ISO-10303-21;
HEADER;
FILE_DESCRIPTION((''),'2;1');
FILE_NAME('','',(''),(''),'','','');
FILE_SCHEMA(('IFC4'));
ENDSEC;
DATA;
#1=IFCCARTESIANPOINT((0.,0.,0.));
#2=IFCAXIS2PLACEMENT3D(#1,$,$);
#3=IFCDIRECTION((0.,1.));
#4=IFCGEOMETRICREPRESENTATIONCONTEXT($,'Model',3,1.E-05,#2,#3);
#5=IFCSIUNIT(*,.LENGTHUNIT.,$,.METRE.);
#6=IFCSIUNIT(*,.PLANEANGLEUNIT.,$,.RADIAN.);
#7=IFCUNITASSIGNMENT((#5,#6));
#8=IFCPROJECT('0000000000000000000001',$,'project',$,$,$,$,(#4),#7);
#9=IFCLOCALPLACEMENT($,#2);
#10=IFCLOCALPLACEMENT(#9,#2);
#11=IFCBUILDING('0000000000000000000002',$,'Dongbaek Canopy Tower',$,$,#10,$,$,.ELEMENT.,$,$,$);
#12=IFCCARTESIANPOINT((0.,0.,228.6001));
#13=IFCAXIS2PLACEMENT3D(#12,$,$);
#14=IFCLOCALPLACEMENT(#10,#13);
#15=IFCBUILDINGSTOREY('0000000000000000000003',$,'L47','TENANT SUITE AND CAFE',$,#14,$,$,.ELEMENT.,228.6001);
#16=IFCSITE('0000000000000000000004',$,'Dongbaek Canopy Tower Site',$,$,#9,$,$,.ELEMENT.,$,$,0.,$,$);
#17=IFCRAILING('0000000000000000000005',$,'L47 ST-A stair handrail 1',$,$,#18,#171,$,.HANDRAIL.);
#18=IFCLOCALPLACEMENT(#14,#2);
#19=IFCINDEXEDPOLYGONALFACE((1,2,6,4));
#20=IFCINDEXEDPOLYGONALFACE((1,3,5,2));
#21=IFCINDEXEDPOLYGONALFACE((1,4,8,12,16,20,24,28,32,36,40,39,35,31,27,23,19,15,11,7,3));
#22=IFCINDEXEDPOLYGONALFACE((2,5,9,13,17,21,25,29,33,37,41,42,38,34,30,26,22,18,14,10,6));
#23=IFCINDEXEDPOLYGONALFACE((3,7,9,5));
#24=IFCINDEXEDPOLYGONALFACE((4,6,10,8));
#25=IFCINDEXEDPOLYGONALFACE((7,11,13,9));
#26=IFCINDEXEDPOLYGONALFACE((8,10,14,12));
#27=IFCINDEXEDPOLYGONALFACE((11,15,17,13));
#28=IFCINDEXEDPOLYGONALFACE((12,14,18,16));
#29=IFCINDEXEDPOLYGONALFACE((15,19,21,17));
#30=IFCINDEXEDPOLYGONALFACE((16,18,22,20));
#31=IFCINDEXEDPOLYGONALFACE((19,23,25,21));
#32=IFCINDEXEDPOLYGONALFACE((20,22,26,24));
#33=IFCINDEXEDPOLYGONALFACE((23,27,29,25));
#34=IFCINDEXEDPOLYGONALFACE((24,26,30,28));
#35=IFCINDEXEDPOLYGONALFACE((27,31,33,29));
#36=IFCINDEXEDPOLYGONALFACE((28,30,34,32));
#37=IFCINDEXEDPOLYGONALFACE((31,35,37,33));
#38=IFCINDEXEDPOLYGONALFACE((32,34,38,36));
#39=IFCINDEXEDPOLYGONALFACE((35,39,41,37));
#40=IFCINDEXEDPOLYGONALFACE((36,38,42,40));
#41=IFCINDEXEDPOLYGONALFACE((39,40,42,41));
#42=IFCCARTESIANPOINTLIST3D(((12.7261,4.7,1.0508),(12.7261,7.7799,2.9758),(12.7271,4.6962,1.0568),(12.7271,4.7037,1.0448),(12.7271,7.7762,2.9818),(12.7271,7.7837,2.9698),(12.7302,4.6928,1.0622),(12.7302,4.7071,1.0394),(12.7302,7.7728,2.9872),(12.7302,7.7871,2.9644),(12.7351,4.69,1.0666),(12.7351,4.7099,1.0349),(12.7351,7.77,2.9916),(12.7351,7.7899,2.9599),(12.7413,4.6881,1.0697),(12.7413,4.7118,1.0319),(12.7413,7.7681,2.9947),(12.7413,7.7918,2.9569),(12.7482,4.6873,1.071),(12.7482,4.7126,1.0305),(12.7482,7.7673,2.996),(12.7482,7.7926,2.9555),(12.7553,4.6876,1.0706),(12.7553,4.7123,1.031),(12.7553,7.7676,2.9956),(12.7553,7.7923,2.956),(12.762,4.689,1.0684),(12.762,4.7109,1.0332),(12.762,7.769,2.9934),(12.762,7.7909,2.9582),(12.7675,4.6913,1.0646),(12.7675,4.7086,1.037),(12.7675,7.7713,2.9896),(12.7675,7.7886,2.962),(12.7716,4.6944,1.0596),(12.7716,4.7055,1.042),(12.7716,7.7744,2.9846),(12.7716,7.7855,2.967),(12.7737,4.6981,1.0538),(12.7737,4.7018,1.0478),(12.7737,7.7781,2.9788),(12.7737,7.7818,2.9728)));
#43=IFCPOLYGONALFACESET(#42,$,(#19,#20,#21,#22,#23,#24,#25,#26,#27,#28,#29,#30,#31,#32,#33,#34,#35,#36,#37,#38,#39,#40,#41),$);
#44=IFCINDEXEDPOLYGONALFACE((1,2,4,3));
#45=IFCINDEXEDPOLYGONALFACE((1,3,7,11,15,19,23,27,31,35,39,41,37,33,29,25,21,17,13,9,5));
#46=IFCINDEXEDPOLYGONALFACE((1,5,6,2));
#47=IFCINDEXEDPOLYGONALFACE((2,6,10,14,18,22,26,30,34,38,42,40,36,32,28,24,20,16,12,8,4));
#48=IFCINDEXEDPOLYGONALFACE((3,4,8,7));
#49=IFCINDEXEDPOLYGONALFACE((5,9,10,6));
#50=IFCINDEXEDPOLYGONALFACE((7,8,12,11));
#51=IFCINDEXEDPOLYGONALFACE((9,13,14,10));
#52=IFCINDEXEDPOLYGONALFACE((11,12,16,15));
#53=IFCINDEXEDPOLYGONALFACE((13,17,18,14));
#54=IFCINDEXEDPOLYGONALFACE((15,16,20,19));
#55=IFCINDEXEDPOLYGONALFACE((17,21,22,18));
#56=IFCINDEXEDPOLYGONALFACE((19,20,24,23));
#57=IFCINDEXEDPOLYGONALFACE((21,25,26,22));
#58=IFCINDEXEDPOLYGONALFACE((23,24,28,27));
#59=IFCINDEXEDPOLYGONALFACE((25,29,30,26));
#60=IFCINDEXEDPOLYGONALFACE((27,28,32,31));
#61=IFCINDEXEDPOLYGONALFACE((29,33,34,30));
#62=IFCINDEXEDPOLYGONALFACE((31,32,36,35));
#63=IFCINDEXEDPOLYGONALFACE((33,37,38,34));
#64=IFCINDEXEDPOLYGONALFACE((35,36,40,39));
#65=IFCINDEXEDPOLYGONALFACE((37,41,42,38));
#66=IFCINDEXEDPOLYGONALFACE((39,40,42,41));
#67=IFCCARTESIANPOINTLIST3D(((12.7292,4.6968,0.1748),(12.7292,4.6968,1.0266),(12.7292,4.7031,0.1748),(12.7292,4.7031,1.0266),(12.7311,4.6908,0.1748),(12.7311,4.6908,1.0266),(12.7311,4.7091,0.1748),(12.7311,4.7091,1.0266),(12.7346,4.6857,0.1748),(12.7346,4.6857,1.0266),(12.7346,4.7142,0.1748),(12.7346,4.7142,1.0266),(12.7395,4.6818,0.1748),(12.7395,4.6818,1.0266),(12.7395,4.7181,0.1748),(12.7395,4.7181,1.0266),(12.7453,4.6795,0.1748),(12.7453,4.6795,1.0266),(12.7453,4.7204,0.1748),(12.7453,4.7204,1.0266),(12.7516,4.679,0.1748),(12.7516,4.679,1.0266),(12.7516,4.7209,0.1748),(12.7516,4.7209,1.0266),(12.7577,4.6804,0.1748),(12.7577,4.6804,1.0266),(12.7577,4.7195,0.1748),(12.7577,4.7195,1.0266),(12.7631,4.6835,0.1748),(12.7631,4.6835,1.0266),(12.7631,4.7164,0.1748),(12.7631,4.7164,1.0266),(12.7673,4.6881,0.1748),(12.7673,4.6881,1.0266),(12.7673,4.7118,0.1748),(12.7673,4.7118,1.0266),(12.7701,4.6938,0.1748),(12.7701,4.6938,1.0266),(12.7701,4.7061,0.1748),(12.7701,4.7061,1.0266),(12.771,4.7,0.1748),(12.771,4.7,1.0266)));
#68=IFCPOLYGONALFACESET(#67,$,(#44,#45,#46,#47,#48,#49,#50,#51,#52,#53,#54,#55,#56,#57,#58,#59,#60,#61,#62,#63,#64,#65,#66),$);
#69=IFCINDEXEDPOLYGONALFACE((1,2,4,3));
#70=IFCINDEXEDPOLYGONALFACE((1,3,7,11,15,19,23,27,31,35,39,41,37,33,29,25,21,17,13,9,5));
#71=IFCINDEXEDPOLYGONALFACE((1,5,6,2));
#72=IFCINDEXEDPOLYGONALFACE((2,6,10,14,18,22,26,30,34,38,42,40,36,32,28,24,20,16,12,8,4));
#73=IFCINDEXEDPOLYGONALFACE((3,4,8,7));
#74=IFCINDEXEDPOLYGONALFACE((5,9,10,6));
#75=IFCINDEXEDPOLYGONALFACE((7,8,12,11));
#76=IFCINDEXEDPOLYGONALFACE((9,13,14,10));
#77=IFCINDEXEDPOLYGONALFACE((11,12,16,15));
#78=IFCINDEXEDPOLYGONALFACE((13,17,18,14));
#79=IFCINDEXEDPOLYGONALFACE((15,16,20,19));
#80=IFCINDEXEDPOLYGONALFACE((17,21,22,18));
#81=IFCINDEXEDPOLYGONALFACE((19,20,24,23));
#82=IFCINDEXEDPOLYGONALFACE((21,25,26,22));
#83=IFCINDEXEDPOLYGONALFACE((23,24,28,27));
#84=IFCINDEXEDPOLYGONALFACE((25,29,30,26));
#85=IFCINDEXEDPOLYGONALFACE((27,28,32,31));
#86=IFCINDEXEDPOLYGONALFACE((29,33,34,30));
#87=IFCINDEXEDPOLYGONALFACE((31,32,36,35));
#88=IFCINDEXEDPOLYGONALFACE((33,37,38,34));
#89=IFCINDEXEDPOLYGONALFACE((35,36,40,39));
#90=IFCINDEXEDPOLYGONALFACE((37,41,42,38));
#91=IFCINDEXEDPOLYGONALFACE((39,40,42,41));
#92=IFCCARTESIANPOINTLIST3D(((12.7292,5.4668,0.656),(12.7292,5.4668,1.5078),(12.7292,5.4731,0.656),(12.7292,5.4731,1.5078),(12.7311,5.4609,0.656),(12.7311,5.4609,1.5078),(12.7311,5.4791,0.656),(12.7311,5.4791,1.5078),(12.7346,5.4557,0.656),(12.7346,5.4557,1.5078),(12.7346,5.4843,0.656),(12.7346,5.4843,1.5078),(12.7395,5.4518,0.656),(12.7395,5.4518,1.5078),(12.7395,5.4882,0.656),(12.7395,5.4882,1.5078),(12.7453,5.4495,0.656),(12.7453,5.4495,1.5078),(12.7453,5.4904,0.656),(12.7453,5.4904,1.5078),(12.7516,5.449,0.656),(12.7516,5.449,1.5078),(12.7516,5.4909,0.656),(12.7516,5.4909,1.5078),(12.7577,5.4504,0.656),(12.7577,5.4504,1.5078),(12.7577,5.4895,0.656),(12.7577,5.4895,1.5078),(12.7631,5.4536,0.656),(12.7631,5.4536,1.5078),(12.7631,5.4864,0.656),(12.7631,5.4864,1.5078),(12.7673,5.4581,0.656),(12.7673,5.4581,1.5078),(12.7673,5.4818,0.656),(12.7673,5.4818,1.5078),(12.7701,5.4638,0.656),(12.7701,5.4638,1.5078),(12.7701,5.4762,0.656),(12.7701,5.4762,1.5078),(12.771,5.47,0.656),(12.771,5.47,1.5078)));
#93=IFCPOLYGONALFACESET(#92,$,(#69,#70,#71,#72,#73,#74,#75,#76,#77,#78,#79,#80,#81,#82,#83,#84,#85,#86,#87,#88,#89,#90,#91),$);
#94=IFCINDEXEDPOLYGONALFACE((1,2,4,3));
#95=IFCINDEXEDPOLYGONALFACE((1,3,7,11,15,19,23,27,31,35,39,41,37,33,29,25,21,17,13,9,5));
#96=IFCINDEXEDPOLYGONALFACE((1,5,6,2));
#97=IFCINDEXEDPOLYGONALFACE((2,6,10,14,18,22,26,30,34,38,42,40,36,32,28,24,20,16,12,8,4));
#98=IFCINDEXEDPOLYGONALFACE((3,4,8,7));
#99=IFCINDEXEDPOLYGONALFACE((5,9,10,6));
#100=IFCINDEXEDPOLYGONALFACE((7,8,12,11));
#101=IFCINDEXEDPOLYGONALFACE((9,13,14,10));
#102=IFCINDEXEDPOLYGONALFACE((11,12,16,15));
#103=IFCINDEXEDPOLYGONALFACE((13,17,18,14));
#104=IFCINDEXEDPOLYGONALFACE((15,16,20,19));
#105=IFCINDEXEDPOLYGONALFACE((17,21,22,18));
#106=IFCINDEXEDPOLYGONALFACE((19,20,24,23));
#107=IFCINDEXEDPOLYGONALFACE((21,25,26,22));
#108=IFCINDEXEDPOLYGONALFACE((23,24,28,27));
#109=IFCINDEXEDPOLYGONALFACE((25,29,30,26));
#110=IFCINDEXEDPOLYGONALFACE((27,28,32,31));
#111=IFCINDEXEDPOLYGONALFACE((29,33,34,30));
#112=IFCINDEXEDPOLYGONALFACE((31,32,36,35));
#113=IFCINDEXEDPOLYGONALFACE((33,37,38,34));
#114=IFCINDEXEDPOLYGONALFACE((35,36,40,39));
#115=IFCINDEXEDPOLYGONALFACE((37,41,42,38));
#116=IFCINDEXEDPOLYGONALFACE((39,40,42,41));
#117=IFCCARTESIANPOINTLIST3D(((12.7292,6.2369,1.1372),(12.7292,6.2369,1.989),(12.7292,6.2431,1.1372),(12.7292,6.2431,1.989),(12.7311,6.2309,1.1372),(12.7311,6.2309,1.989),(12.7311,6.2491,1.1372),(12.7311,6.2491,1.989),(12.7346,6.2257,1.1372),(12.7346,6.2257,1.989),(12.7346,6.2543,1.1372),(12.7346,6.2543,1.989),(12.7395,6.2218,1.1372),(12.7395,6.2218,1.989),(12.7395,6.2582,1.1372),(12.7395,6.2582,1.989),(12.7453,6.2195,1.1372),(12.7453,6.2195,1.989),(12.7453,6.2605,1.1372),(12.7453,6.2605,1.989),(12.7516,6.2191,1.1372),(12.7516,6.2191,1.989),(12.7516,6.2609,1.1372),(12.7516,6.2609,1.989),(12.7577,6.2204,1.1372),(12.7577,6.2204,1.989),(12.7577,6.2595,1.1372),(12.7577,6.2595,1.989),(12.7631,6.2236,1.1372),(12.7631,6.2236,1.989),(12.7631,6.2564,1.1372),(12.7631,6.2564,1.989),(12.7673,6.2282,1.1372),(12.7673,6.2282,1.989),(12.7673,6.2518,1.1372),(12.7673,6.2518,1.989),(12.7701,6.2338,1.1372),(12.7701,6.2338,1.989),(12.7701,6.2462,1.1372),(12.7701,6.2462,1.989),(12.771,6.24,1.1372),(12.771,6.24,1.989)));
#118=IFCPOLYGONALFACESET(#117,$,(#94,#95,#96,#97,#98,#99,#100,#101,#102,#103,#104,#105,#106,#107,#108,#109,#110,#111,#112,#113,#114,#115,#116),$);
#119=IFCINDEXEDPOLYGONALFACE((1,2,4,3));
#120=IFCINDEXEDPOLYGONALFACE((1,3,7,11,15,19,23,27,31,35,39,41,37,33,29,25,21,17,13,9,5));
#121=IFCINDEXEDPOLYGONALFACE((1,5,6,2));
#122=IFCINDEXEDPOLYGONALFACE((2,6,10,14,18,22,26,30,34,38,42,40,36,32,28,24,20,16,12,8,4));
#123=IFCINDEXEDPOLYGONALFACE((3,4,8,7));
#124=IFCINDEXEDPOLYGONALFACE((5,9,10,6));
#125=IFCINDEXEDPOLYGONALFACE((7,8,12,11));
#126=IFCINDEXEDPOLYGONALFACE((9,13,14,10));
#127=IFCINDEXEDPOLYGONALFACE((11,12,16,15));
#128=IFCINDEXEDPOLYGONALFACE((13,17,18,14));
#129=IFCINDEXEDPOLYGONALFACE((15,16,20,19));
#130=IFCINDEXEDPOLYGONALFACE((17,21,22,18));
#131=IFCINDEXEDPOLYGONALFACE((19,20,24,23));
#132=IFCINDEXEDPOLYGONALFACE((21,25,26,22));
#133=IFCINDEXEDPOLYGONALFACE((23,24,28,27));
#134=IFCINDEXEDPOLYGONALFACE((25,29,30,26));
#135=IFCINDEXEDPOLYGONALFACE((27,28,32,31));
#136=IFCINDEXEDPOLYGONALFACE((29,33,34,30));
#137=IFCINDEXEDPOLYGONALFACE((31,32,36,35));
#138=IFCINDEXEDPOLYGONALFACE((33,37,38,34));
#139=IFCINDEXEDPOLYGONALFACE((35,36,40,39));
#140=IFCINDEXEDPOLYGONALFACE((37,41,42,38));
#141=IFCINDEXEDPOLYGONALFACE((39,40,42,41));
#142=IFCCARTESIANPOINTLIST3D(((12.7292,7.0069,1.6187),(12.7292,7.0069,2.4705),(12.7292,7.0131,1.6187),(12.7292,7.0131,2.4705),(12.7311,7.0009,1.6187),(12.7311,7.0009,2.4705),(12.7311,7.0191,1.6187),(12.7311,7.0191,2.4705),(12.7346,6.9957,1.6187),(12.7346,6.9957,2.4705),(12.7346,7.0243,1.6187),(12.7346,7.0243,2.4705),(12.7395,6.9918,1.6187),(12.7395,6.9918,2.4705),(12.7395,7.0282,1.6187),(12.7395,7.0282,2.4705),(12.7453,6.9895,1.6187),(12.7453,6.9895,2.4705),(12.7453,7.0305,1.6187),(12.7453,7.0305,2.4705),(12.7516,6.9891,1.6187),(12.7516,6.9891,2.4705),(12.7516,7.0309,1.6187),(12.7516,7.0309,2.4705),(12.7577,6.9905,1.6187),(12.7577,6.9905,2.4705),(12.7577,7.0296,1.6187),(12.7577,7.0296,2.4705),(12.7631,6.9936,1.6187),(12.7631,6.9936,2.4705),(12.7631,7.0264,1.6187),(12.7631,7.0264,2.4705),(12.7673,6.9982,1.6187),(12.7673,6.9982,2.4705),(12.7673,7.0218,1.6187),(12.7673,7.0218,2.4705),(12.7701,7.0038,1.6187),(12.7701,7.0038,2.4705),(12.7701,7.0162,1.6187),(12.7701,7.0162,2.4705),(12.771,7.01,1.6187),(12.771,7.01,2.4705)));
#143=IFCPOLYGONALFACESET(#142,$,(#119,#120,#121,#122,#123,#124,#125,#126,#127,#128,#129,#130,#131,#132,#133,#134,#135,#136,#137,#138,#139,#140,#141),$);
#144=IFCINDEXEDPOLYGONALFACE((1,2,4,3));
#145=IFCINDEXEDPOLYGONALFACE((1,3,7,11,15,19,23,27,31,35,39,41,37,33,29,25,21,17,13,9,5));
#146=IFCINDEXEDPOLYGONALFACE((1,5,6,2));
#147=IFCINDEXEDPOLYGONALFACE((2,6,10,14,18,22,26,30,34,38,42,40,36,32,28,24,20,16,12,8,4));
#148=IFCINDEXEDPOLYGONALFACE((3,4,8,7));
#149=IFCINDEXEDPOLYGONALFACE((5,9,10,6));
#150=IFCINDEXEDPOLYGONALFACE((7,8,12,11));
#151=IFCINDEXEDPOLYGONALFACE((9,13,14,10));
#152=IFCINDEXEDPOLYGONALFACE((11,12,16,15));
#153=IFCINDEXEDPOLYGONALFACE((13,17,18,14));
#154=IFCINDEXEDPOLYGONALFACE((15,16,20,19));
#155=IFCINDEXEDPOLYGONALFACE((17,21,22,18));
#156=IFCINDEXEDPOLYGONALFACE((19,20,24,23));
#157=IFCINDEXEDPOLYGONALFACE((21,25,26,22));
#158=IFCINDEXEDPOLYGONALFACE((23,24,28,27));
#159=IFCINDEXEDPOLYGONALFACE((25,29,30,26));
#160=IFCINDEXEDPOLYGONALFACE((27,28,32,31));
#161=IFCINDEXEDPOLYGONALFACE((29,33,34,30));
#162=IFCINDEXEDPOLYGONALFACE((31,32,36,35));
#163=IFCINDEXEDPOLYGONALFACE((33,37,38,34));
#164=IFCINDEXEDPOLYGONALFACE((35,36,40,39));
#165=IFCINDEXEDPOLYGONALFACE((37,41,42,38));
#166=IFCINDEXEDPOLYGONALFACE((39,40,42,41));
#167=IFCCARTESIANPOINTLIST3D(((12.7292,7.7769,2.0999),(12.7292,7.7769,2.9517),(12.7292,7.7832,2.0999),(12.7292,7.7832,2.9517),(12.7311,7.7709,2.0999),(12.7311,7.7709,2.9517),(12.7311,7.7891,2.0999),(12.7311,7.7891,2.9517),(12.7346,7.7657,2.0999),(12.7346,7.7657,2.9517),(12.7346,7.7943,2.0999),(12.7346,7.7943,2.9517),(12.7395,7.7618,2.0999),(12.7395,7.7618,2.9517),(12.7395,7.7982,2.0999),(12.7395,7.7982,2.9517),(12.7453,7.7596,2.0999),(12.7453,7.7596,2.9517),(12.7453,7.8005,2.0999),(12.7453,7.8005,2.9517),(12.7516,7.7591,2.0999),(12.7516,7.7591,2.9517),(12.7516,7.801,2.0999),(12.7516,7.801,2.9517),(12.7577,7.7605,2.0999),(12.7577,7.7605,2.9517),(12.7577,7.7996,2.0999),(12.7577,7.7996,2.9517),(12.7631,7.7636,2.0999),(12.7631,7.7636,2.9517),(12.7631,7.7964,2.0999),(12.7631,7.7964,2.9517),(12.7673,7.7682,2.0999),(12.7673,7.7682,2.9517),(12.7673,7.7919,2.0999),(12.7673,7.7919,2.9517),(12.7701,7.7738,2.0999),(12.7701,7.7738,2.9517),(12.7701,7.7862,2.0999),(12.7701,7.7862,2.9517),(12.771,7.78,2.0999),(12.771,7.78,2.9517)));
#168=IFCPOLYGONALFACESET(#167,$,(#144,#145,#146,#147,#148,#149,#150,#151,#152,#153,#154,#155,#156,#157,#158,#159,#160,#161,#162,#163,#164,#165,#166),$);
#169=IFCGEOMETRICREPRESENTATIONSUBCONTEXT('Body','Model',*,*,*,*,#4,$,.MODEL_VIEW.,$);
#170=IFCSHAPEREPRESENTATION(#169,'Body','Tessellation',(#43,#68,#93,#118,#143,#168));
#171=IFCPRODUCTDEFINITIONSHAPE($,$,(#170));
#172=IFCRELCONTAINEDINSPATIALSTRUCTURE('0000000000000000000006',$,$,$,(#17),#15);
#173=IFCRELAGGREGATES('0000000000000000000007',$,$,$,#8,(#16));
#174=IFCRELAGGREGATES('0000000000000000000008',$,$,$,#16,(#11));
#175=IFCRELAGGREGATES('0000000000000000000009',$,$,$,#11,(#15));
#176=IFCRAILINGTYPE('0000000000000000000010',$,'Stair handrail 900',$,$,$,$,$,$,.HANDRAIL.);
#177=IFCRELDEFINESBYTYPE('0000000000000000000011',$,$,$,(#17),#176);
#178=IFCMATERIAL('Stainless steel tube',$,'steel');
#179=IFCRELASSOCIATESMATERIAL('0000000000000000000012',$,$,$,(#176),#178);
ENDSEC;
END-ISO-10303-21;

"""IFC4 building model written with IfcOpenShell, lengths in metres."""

from ifc_helpers import new_model, si_unit, direction, frame, origin, origin_2d, place, context, subcontext, project, spatial, circle, extrude, material, type_object, element, save


model = new_model("IFC4")

# Units and contexts
model_context = context("Model", 3, precision=1e-05, world=origin(), true_north=direction((0.0, 1.0)))
body_context = subcontext(model_context, "Body", "Model", "MODEL_VIEW")
ifc_project = project(units=[si_unit("LENGTHUNIT", "METRE"), si_unit("PLANEANGLEUNIT", "RADIAN")], contexts=[model_context])

# Site, building, storey
site_placement = place(None, origin())
site = spatial("IfcSite", under=ifc_project, at=site_placement, Name="Dongbaek Canopy Tower Site", CompositionType="ELEMENT", RefElevation=0.0)
building_placement = place(site_placement, origin())
building = spatial("IfcBuilding", under=site, at=building_placement, Name="Dongbaek Canopy Tower", CompositionType="ELEMENT")
storey_placement = place(building_placement, frame((0.0, 0.0, 228.6001)))
storey = spatial("IfcBuildingStorey", under=building, at=storey_placement, Name="L47", Description="TENANT SUITE AND CAFE", CompositionType="ELEMENT", Elevation=228.6001)

# Railing
ifc_material_1 = material(Name="Stainless steel tube", Category="steel")
railing_type_1 = type_object("IfcRailingType", Name="Stair handrail 900", PredefinedType="HANDRAIL", material=ifc_material_1)
railing_1_placement = place(storey_placement, frame((12.75, 4.7, 0.1748)))
element("IfcRailing", 1, at=railing_1_placement, inside=storey, type_object=railing_type_1, Name="L47 ST-A stair handrail 1", PredefinedType="HANDRAIL", context=body_context, shape_type="SweptSolid", body=[
    extrude(circle(Radius=0.0239, at=origin_2d()), frame((0.0, 0.0, 0.876), z_axis=(0.0, 0.847998, 0.529999), x_axis=(-1.0, 0.0, 0.0)), (0.0, 0.0, 1.0), 3.6321),
    extrude(circle(Radius=0.021, at=origin_2d()), origin(), (0.0, 0.0, 1.0), 0.8518),
    extrude(circle(Radius=0.021, at=origin_2d()), frame((0.0, 0.77, 0.4812)), (0.0, 0.0, 1.0), 0.8518),
    extrude(circle(Radius=0.021, at=origin_2d()), frame((0.0, 1.54, 0.9624)), (0.0, 0.0, 1.0), 0.8518),
    extrude(circle(Radius=0.021, at=origin_2d()), frame((0.0, 2.3101, 1.4438)), (0.0, 0.0, 1.0), 0.8518),
    extrude(circle(Radius=0.021, at=origin_2d()), frame((0.0, 3.0801, 1.925)), (0.0, 0.0, 1.0), 0.8518),
])

save(model, "model.ifc")
